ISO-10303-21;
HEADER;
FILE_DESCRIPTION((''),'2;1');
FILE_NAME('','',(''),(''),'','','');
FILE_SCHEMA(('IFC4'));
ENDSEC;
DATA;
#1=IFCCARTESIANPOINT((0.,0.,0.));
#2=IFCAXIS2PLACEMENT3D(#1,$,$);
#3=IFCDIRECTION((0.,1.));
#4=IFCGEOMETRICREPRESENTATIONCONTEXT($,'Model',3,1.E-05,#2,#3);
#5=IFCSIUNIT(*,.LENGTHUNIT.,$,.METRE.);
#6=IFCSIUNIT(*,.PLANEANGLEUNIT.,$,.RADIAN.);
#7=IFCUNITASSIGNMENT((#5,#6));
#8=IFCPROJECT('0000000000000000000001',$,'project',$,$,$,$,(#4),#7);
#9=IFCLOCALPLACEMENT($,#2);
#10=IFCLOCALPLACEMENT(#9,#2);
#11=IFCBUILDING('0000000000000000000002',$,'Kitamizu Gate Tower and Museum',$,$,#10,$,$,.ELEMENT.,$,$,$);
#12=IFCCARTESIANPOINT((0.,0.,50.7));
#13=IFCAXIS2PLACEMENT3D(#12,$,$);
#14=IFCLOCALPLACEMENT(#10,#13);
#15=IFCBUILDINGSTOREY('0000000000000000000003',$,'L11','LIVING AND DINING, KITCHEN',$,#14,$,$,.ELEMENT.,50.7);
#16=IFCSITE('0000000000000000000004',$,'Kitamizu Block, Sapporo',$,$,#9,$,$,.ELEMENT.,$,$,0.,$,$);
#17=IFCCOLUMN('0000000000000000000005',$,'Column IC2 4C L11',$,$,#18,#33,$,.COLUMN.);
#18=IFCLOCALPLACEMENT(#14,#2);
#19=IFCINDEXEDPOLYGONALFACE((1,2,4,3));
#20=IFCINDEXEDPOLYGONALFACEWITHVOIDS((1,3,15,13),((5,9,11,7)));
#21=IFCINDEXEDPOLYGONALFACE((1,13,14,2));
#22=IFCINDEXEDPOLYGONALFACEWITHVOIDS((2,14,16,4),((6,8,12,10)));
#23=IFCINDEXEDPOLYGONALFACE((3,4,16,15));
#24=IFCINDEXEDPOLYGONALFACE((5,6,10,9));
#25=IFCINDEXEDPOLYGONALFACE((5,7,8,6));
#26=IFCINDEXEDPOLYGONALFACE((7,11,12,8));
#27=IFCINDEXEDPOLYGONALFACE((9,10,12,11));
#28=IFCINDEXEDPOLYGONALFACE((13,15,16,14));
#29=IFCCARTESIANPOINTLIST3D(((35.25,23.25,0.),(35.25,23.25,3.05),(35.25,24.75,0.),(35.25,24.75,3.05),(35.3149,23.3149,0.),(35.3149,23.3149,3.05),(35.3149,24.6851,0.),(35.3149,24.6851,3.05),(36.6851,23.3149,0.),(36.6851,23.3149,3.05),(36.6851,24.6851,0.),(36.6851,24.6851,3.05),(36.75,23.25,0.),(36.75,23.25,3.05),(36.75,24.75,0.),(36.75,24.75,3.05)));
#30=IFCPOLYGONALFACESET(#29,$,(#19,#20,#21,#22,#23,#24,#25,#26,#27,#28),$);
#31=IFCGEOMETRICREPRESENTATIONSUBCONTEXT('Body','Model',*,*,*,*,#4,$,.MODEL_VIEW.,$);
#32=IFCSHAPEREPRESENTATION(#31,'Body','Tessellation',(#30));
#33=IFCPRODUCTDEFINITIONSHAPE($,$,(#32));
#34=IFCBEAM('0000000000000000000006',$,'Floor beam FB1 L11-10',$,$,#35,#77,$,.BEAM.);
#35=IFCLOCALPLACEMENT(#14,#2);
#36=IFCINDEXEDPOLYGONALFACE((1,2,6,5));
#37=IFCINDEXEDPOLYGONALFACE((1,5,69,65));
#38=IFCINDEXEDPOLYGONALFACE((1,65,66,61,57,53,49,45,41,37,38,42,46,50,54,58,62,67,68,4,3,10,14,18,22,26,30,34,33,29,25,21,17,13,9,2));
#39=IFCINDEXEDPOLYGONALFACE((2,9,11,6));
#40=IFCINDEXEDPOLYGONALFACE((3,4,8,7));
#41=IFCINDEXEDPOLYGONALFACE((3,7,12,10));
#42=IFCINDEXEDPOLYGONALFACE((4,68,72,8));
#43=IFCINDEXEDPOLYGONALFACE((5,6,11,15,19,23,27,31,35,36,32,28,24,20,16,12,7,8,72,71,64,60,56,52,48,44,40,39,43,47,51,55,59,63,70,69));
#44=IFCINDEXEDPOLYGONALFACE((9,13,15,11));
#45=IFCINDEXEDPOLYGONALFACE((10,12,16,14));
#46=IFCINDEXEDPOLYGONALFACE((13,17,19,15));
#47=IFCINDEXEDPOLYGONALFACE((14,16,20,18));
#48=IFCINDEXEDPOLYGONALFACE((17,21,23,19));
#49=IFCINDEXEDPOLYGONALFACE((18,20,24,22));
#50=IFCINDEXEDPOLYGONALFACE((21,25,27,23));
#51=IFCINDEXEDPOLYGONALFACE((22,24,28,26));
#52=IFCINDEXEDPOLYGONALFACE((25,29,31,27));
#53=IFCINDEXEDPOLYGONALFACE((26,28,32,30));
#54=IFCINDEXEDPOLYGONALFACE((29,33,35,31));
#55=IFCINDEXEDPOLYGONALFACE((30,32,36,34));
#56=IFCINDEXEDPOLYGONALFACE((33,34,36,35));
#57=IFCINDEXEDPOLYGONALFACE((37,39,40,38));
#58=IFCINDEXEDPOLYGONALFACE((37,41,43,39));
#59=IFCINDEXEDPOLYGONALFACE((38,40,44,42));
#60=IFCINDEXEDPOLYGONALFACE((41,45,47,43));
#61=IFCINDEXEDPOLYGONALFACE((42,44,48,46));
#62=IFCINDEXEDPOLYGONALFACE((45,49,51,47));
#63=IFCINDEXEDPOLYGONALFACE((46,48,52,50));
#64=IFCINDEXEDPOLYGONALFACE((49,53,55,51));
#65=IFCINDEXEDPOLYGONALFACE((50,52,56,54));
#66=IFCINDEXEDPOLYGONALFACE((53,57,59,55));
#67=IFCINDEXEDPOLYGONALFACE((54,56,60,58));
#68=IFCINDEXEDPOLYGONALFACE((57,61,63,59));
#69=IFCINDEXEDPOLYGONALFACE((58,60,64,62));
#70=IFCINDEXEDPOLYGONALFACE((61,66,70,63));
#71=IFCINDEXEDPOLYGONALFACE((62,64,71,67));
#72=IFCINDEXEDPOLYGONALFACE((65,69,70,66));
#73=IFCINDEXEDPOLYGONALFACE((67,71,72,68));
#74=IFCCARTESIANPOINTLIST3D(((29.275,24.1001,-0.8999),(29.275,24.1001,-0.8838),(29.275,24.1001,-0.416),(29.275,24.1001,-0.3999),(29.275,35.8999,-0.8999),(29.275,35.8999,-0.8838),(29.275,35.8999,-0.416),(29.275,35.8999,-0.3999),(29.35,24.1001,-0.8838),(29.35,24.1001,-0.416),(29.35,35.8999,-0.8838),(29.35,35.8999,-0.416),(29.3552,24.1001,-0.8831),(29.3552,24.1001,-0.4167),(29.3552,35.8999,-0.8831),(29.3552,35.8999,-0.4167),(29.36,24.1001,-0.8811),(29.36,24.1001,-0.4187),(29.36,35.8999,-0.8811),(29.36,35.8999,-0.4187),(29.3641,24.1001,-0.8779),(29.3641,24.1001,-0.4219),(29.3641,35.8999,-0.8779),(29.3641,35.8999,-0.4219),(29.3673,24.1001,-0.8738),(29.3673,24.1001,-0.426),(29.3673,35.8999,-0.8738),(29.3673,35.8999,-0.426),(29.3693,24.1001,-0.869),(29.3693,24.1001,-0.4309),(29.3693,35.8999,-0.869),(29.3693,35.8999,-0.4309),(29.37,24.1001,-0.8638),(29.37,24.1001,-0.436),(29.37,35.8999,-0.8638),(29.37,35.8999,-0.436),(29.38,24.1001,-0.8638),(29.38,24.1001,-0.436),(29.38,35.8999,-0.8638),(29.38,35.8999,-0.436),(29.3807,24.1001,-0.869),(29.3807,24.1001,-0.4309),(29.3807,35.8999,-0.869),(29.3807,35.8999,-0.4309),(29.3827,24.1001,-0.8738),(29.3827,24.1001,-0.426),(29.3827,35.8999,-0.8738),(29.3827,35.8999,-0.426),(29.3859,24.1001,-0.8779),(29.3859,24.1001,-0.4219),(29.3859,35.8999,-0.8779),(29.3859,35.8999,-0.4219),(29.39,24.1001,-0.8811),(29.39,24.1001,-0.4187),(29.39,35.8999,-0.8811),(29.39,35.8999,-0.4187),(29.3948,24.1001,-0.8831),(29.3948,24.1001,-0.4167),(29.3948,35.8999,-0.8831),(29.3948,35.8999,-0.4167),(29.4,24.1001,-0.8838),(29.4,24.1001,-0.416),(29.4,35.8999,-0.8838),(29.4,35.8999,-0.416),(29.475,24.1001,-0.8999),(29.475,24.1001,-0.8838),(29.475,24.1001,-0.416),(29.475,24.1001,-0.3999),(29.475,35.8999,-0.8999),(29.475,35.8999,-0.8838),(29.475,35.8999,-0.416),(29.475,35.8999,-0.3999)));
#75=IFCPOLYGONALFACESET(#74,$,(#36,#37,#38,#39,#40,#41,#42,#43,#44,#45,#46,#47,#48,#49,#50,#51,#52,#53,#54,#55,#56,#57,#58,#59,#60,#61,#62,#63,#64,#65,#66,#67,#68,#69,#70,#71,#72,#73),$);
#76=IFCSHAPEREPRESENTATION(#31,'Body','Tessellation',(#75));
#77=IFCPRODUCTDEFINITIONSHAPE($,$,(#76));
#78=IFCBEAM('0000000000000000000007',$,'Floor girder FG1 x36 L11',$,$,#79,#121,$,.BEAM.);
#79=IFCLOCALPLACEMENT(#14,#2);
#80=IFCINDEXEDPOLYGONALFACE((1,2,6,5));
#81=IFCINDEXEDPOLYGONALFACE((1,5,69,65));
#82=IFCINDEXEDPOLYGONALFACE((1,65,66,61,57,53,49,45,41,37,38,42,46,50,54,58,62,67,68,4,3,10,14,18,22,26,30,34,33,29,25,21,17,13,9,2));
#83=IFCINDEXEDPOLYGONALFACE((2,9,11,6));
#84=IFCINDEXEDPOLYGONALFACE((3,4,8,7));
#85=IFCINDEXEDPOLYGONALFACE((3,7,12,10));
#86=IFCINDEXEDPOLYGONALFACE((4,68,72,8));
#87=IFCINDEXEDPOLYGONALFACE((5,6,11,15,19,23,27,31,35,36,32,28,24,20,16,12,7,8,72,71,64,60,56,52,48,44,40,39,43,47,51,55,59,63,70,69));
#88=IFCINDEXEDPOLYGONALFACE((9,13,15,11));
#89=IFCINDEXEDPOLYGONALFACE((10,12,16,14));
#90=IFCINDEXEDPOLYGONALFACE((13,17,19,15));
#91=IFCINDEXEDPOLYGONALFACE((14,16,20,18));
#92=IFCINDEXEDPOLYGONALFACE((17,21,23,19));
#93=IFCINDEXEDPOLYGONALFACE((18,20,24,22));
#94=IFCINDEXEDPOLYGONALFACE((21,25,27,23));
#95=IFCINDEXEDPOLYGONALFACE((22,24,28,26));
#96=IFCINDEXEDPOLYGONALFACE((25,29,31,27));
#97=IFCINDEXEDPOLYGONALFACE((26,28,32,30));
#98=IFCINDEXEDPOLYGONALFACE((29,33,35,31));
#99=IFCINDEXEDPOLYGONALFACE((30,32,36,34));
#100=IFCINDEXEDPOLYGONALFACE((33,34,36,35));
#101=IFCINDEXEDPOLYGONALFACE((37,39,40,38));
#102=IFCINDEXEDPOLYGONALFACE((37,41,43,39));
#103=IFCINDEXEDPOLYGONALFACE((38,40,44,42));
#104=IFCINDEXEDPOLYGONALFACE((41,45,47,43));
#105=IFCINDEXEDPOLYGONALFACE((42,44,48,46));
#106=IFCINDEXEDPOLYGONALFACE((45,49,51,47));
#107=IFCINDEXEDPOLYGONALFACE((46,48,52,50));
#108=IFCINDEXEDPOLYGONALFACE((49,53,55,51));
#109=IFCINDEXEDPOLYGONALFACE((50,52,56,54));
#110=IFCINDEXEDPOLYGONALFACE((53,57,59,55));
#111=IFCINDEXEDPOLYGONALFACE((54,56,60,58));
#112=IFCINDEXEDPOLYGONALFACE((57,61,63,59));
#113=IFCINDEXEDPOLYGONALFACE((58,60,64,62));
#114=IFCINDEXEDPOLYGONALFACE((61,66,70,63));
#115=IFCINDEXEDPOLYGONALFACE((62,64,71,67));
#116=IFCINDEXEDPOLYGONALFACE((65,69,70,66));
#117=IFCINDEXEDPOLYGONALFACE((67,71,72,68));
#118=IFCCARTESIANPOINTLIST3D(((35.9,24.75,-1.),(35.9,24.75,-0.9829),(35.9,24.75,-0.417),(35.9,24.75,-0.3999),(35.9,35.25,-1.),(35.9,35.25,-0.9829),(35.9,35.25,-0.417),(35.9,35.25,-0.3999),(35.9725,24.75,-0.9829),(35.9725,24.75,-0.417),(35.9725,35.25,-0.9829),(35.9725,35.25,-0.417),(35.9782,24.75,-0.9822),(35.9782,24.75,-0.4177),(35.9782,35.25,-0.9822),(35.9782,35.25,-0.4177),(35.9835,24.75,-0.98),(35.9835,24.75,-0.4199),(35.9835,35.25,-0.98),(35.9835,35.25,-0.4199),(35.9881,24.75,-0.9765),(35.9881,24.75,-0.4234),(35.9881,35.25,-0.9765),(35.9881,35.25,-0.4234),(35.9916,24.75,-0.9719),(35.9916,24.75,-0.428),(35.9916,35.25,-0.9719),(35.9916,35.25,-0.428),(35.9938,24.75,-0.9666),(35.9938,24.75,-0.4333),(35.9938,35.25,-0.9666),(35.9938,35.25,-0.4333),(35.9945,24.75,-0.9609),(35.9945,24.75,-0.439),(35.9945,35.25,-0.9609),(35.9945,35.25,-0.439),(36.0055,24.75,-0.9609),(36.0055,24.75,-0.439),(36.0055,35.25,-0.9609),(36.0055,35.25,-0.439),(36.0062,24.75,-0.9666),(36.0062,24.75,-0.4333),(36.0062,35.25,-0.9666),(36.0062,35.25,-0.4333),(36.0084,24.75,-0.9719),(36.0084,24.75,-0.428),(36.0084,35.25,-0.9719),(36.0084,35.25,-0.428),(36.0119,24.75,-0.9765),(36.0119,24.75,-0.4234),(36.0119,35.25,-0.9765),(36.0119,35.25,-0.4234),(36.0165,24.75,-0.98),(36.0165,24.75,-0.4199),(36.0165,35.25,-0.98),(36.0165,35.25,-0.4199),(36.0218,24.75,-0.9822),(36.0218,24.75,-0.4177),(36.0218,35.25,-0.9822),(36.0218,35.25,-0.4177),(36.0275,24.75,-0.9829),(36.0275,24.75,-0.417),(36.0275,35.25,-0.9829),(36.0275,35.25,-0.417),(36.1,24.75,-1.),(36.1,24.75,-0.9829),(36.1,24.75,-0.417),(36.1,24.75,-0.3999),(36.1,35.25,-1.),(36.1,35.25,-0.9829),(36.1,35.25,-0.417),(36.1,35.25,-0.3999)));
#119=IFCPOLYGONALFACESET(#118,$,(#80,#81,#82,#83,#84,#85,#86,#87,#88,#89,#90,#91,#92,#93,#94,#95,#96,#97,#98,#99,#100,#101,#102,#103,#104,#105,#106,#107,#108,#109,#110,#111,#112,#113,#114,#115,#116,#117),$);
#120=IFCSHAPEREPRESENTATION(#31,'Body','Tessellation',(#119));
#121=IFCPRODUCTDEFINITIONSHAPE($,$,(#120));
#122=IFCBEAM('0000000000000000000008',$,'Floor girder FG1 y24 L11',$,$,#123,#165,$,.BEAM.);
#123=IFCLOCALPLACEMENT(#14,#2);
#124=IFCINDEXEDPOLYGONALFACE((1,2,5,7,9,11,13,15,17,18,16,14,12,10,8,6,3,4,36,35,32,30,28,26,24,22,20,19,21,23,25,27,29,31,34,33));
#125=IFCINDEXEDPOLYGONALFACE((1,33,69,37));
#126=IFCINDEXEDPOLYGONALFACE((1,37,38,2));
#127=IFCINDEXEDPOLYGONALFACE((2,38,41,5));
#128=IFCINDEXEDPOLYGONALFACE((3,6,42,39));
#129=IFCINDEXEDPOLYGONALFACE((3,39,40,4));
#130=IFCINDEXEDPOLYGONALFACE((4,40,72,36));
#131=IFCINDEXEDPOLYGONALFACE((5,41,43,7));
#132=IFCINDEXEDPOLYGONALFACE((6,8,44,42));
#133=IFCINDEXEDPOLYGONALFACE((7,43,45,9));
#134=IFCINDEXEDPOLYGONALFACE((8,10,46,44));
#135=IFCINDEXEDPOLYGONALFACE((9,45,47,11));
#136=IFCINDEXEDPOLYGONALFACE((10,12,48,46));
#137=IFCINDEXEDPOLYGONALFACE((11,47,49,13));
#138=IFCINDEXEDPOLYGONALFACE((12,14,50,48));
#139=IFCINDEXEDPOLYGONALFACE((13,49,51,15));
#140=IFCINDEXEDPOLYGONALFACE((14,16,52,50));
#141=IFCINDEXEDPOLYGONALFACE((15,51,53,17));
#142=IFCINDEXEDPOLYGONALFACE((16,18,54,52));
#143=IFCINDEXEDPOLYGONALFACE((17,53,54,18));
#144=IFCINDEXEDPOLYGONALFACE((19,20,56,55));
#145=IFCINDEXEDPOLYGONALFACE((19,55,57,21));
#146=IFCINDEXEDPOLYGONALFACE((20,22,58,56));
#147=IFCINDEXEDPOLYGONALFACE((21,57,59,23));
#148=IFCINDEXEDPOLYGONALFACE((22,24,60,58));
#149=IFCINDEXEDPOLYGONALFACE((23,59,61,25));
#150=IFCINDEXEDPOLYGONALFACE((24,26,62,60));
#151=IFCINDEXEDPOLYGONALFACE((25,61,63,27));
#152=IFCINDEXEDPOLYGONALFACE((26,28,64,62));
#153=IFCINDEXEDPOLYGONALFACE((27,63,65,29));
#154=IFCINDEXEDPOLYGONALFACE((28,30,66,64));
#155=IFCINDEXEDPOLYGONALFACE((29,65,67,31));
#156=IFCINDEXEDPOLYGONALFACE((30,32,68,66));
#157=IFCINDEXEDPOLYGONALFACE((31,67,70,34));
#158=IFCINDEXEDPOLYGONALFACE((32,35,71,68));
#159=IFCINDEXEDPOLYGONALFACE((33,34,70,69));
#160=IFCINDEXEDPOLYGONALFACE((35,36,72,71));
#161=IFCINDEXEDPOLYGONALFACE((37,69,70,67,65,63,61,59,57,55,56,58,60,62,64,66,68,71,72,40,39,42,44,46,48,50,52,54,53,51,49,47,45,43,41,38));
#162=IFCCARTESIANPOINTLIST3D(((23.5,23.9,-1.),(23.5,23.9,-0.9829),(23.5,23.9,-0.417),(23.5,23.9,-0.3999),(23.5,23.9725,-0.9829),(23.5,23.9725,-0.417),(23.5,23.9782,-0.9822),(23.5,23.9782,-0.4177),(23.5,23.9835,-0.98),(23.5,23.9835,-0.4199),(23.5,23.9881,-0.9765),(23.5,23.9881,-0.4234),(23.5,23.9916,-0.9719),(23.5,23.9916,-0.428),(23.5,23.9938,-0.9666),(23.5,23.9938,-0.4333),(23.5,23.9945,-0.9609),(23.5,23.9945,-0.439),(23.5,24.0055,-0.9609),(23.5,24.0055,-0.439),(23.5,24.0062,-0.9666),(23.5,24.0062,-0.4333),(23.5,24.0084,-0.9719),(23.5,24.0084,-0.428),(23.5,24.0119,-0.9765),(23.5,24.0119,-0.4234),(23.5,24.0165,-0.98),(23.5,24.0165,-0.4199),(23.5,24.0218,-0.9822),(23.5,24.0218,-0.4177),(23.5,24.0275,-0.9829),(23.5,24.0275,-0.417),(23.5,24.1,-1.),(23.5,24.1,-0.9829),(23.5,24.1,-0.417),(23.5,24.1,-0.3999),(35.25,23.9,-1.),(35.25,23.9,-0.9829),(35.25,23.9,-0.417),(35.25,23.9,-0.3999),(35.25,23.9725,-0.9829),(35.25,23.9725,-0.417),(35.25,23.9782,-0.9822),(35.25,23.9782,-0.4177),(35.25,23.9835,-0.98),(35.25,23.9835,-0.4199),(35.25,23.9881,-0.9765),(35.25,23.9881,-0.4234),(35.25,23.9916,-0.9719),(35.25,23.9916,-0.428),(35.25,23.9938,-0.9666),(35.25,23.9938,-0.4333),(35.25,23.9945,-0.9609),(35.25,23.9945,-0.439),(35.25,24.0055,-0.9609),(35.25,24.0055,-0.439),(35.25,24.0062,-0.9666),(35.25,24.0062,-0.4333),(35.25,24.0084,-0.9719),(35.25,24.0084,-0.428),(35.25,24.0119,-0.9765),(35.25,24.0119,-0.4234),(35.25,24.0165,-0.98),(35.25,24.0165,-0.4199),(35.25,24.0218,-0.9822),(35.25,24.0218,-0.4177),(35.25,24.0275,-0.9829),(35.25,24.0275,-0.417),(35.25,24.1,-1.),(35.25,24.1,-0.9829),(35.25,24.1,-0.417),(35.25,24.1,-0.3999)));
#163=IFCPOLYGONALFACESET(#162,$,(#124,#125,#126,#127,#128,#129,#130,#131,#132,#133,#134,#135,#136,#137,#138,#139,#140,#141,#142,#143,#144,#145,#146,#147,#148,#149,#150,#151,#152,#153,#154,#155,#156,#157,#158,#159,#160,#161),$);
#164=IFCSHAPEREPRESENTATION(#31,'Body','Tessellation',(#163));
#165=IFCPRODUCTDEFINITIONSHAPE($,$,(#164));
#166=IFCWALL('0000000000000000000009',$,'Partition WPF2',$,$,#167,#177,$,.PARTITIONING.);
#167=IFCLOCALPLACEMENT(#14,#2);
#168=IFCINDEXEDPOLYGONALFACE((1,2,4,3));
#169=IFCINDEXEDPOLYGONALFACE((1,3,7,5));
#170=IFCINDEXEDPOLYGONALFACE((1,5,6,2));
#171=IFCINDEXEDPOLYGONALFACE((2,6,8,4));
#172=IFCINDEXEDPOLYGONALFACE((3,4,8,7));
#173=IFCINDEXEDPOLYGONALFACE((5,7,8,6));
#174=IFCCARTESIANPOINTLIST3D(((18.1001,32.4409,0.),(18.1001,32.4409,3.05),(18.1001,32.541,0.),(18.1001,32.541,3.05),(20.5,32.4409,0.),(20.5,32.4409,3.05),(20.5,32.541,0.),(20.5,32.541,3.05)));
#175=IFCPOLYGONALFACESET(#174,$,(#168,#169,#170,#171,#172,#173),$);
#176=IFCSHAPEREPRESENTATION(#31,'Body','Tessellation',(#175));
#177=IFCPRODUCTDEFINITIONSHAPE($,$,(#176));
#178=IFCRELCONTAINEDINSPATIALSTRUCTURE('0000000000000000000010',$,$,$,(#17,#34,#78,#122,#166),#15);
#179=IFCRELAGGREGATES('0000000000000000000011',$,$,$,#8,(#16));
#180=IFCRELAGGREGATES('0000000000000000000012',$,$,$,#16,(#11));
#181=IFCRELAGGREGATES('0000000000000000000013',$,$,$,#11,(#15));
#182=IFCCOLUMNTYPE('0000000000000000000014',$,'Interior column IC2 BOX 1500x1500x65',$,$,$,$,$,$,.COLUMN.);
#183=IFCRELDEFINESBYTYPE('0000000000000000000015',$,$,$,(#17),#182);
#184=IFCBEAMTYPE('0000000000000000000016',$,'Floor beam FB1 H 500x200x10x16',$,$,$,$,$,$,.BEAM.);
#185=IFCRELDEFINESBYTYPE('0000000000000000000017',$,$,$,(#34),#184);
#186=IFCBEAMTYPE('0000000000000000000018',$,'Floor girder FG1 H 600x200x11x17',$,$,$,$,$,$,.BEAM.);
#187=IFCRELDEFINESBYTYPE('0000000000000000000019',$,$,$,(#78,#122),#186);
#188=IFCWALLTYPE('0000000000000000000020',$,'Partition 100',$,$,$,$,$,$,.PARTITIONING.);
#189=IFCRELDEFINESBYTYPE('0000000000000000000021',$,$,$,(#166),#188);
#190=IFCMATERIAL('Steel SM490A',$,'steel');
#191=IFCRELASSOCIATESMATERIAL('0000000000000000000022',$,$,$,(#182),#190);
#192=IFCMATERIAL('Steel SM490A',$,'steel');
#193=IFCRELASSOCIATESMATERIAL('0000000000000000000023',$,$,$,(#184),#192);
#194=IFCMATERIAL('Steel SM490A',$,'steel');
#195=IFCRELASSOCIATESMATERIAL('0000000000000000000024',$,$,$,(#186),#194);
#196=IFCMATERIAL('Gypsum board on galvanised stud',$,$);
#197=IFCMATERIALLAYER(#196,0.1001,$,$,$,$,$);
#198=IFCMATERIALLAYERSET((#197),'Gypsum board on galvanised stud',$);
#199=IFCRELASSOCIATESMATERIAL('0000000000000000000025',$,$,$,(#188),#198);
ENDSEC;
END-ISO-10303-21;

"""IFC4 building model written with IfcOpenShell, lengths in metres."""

from ifc_helpers import new_model, si_unit, direction, frame, frame_2d, origin, origin_2d, place, context, subcontext, project, spatial, rectangle, hollow_rectangle, i_section, extrude, material, layer, layer_set, material_profile, profile_set, type_object, element, save


model = new_model("IFC4")

# Units and contexts
model_context = context("Model", 3, precision=1e-05, world=origin(), true_north=direction((0.0, 1.0)))
body_context = subcontext(model_context, "Body", "Model", "MODEL_VIEW")
ifc_project = project(units=[si_unit("LENGTHUNIT", "METRE"), si_unit("PLANEANGLEUNIT", "RADIAN")], contexts=[model_context])

# Site, building, storey
site_placement = place(None, origin())
site = spatial("IfcSite", under=ifc_project, at=site_placement, Name="Kitamizu Block, Sapporo", CompositionType="ELEMENT", RefElevation=0.0)
building_placement = place(site_placement, origin())
building = spatial("IfcBuilding", under=site, at=building_placement, Name="Kitamizu Gate Tower and Museum", CompositionType="ELEMENT")
storey_placement = place(building_placement, frame((0.0, 0.0, 50.7)))
storey = spatial("IfcBuildingStorey", under=building, at=storey_placement, Name="L11", Description="LIVING AND DINING, KITCHEN", CompositionType="ELEMENT", Elevation=50.7)

# Column
ifc_material_1 = material(Name="Steel SM490A", Category="steel")
ifc_material_profile_1 = material_profile(ifc_material_1, hollow_rectangle(XDim=1.5, YDim=1.5, WallThickness=0.0649, at=origin_2d()), Name="BOX 1500x1500x65")
ifc_profile_set_1 = profile_set([ifc_material_profile_1], Name="Steel SM490A")
column_type = type_object("IfcColumnType", Name="Interior column IC2 BOX 1500x1500x65", PredefinedType="COLUMN", material=ifc_profile_set_1)
column_placement = place(storey_placement, frame((36.0, 24.0, 0.0), z_axis=(0.0, 0.0, 1.0), x_axis=(1.0, 0.0, 0.0)))
element("IfcColumn", 1, at=column_placement, inside=storey, type_object=column_type, Name="Column IC2 4C L11", PredefinedType="COLUMN", context=body_context, shape_type="SweptSolid", body=[
    extrude(hollow_rectangle(XDim=1.5, YDim=1.5, WallThickness=0.0649, at=origin_2d()), origin(), (0.0, 0.0, 1.0), 3.05),
])

# Beams
ifc_material_2 = material(Name="Steel SM490A", Category="steel")
ifc_material_profile_2 = material_profile(ifc_material_2, i_section(OverallWidth=0.2, OverallDepth=0.5, WebThickness=0.01, FlangeThickness=0.0161, FilletRadius=0.02, at=origin_2d()), Name="H-500x200x10x16")
ifc_profile_set_2 = profile_set([ifc_material_profile_2], Name="Steel SM490A")
beam_type_1 = type_object("IfcBeamType", Name="Floor beam FB1 H 500x200x10x16", PredefinedType="BEAM", material=ifc_profile_set_2)
beam_1_placement = place(storey_placement, frame((29.375, 24.1001, -0.6499), z_axis=(0.0, 1.0, 0.0), x_axis=(-1.0, 0.0, 0.0)))
element("IfcBeam", 2, at=beam_1_placement, inside=storey, type_object=beam_type_1, Name="Floor beam FB1 L11-10", PredefinedType="BEAM", context=body_context, shape_type="SweptSolid", body=[
    extrude(i_section(OverallWidth=0.2, OverallDepth=0.5, WebThickness=0.01, FlangeThickness=0.0161, FilletRadius=0.02, at=origin_2d()), origin(), (0.0, 0.0, 1.0), 11.7998),
])
ifc_material_3 = material(Name="Steel SM490A", Category="steel")
ifc_material_profile_3 = material_profile(ifc_material_3, i_section(OverallWidth=0.2, OverallDepth=0.6001, WebThickness=0.011, FlangeThickness=0.0171, FilletRadius=0.022, at=origin_2d()), Name="H-600x200x11x17")
ifc_profile_set_3 = profile_set([ifc_material_profile_3], Name="Steel SM490A")
beam_type_2 = type_object("IfcBeamType", Name="Floor girder FG1 H 600x200x11x17", PredefinedType="BEAM", material=ifc_profile_set_3)
beam_2_placement = place(storey_placement, frame((36.0, 24.75, -0.7), z_axis=(0.0, 1.0, 0.0), x_axis=(-1.0, 0.0, 0.0)))
element("IfcBeam", 3, at=beam_2_placement, inside=storey, type_object=beam_type_2, Name="Floor girder FG1 x36 L11", PredefinedType="BEAM", context=body_context, shape_type="SweptSolid", body=[
    extrude(i_section(OverallWidth=0.2, OverallDepth=0.6001, WebThickness=0.011, FlangeThickness=0.0171, FilletRadius=0.022, at=origin_2d()), origin(), (0.0, 0.0, 1.0), 10.5),
])
beam_3_placement = place(storey_placement, frame((23.5, 24.0, -0.7), z_axis=(1.0, 0.0, 0.0), x_axis=(0.0, 1.0, 0.0)))
element("IfcBeam", 4, at=beam_3_placement, inside=storey, type_object=beam_type_2, Name="Floor girder FG1 y24 L11", PredefinedType="BEAM", context=body_context, shape_type="SweptSolid", body=[
    extrude(i_section(OverallWidth=0.2, OverallDepth=0.6001, WebThickness=0.011, FlangeThickness=0.0171, FilletRadius=0.022, at=origin_2d()), origin(), (0.0, 0.0, 1.0), 11.75),
])

# Wall
ifc_material_4 = material(Name="Gypsum board on galvanised stud")
ifc_layer_1 = layer(ifc_material_4, 0.1001)
ifc_layer_set_1 = layer_set([ifc_layer_1], Name="Gypsum board on galvanised stud")
wall_type_1 = type_object("IfcWallType", Name="Partition 100", PredefinedType="PARTITIONING", material=ifc_layer_set_1)
wall_1_placement = place(storey_placement, frame((18.1001, 32.491, 0.0), z_axis=(0.0, 0.0, 1.0), x_axis=(1.0, 0.0, 0.0)))
element("IfcWall", 5, at=wall_1_placement, inside=storey, type_object=wall_type_1, Name="Partition WPF2", PredefinedType="PARTITIONING", context=body_context, shape_type="SweptSolid", body=[
    extrude(rectangle(XDim=2.3999, YDim=0.1001, at=frame_2d((1.2, 0.0))), origin(), (0.0, 0.0, 1.0), 3.05),
])

save(model, "model.ifc")
